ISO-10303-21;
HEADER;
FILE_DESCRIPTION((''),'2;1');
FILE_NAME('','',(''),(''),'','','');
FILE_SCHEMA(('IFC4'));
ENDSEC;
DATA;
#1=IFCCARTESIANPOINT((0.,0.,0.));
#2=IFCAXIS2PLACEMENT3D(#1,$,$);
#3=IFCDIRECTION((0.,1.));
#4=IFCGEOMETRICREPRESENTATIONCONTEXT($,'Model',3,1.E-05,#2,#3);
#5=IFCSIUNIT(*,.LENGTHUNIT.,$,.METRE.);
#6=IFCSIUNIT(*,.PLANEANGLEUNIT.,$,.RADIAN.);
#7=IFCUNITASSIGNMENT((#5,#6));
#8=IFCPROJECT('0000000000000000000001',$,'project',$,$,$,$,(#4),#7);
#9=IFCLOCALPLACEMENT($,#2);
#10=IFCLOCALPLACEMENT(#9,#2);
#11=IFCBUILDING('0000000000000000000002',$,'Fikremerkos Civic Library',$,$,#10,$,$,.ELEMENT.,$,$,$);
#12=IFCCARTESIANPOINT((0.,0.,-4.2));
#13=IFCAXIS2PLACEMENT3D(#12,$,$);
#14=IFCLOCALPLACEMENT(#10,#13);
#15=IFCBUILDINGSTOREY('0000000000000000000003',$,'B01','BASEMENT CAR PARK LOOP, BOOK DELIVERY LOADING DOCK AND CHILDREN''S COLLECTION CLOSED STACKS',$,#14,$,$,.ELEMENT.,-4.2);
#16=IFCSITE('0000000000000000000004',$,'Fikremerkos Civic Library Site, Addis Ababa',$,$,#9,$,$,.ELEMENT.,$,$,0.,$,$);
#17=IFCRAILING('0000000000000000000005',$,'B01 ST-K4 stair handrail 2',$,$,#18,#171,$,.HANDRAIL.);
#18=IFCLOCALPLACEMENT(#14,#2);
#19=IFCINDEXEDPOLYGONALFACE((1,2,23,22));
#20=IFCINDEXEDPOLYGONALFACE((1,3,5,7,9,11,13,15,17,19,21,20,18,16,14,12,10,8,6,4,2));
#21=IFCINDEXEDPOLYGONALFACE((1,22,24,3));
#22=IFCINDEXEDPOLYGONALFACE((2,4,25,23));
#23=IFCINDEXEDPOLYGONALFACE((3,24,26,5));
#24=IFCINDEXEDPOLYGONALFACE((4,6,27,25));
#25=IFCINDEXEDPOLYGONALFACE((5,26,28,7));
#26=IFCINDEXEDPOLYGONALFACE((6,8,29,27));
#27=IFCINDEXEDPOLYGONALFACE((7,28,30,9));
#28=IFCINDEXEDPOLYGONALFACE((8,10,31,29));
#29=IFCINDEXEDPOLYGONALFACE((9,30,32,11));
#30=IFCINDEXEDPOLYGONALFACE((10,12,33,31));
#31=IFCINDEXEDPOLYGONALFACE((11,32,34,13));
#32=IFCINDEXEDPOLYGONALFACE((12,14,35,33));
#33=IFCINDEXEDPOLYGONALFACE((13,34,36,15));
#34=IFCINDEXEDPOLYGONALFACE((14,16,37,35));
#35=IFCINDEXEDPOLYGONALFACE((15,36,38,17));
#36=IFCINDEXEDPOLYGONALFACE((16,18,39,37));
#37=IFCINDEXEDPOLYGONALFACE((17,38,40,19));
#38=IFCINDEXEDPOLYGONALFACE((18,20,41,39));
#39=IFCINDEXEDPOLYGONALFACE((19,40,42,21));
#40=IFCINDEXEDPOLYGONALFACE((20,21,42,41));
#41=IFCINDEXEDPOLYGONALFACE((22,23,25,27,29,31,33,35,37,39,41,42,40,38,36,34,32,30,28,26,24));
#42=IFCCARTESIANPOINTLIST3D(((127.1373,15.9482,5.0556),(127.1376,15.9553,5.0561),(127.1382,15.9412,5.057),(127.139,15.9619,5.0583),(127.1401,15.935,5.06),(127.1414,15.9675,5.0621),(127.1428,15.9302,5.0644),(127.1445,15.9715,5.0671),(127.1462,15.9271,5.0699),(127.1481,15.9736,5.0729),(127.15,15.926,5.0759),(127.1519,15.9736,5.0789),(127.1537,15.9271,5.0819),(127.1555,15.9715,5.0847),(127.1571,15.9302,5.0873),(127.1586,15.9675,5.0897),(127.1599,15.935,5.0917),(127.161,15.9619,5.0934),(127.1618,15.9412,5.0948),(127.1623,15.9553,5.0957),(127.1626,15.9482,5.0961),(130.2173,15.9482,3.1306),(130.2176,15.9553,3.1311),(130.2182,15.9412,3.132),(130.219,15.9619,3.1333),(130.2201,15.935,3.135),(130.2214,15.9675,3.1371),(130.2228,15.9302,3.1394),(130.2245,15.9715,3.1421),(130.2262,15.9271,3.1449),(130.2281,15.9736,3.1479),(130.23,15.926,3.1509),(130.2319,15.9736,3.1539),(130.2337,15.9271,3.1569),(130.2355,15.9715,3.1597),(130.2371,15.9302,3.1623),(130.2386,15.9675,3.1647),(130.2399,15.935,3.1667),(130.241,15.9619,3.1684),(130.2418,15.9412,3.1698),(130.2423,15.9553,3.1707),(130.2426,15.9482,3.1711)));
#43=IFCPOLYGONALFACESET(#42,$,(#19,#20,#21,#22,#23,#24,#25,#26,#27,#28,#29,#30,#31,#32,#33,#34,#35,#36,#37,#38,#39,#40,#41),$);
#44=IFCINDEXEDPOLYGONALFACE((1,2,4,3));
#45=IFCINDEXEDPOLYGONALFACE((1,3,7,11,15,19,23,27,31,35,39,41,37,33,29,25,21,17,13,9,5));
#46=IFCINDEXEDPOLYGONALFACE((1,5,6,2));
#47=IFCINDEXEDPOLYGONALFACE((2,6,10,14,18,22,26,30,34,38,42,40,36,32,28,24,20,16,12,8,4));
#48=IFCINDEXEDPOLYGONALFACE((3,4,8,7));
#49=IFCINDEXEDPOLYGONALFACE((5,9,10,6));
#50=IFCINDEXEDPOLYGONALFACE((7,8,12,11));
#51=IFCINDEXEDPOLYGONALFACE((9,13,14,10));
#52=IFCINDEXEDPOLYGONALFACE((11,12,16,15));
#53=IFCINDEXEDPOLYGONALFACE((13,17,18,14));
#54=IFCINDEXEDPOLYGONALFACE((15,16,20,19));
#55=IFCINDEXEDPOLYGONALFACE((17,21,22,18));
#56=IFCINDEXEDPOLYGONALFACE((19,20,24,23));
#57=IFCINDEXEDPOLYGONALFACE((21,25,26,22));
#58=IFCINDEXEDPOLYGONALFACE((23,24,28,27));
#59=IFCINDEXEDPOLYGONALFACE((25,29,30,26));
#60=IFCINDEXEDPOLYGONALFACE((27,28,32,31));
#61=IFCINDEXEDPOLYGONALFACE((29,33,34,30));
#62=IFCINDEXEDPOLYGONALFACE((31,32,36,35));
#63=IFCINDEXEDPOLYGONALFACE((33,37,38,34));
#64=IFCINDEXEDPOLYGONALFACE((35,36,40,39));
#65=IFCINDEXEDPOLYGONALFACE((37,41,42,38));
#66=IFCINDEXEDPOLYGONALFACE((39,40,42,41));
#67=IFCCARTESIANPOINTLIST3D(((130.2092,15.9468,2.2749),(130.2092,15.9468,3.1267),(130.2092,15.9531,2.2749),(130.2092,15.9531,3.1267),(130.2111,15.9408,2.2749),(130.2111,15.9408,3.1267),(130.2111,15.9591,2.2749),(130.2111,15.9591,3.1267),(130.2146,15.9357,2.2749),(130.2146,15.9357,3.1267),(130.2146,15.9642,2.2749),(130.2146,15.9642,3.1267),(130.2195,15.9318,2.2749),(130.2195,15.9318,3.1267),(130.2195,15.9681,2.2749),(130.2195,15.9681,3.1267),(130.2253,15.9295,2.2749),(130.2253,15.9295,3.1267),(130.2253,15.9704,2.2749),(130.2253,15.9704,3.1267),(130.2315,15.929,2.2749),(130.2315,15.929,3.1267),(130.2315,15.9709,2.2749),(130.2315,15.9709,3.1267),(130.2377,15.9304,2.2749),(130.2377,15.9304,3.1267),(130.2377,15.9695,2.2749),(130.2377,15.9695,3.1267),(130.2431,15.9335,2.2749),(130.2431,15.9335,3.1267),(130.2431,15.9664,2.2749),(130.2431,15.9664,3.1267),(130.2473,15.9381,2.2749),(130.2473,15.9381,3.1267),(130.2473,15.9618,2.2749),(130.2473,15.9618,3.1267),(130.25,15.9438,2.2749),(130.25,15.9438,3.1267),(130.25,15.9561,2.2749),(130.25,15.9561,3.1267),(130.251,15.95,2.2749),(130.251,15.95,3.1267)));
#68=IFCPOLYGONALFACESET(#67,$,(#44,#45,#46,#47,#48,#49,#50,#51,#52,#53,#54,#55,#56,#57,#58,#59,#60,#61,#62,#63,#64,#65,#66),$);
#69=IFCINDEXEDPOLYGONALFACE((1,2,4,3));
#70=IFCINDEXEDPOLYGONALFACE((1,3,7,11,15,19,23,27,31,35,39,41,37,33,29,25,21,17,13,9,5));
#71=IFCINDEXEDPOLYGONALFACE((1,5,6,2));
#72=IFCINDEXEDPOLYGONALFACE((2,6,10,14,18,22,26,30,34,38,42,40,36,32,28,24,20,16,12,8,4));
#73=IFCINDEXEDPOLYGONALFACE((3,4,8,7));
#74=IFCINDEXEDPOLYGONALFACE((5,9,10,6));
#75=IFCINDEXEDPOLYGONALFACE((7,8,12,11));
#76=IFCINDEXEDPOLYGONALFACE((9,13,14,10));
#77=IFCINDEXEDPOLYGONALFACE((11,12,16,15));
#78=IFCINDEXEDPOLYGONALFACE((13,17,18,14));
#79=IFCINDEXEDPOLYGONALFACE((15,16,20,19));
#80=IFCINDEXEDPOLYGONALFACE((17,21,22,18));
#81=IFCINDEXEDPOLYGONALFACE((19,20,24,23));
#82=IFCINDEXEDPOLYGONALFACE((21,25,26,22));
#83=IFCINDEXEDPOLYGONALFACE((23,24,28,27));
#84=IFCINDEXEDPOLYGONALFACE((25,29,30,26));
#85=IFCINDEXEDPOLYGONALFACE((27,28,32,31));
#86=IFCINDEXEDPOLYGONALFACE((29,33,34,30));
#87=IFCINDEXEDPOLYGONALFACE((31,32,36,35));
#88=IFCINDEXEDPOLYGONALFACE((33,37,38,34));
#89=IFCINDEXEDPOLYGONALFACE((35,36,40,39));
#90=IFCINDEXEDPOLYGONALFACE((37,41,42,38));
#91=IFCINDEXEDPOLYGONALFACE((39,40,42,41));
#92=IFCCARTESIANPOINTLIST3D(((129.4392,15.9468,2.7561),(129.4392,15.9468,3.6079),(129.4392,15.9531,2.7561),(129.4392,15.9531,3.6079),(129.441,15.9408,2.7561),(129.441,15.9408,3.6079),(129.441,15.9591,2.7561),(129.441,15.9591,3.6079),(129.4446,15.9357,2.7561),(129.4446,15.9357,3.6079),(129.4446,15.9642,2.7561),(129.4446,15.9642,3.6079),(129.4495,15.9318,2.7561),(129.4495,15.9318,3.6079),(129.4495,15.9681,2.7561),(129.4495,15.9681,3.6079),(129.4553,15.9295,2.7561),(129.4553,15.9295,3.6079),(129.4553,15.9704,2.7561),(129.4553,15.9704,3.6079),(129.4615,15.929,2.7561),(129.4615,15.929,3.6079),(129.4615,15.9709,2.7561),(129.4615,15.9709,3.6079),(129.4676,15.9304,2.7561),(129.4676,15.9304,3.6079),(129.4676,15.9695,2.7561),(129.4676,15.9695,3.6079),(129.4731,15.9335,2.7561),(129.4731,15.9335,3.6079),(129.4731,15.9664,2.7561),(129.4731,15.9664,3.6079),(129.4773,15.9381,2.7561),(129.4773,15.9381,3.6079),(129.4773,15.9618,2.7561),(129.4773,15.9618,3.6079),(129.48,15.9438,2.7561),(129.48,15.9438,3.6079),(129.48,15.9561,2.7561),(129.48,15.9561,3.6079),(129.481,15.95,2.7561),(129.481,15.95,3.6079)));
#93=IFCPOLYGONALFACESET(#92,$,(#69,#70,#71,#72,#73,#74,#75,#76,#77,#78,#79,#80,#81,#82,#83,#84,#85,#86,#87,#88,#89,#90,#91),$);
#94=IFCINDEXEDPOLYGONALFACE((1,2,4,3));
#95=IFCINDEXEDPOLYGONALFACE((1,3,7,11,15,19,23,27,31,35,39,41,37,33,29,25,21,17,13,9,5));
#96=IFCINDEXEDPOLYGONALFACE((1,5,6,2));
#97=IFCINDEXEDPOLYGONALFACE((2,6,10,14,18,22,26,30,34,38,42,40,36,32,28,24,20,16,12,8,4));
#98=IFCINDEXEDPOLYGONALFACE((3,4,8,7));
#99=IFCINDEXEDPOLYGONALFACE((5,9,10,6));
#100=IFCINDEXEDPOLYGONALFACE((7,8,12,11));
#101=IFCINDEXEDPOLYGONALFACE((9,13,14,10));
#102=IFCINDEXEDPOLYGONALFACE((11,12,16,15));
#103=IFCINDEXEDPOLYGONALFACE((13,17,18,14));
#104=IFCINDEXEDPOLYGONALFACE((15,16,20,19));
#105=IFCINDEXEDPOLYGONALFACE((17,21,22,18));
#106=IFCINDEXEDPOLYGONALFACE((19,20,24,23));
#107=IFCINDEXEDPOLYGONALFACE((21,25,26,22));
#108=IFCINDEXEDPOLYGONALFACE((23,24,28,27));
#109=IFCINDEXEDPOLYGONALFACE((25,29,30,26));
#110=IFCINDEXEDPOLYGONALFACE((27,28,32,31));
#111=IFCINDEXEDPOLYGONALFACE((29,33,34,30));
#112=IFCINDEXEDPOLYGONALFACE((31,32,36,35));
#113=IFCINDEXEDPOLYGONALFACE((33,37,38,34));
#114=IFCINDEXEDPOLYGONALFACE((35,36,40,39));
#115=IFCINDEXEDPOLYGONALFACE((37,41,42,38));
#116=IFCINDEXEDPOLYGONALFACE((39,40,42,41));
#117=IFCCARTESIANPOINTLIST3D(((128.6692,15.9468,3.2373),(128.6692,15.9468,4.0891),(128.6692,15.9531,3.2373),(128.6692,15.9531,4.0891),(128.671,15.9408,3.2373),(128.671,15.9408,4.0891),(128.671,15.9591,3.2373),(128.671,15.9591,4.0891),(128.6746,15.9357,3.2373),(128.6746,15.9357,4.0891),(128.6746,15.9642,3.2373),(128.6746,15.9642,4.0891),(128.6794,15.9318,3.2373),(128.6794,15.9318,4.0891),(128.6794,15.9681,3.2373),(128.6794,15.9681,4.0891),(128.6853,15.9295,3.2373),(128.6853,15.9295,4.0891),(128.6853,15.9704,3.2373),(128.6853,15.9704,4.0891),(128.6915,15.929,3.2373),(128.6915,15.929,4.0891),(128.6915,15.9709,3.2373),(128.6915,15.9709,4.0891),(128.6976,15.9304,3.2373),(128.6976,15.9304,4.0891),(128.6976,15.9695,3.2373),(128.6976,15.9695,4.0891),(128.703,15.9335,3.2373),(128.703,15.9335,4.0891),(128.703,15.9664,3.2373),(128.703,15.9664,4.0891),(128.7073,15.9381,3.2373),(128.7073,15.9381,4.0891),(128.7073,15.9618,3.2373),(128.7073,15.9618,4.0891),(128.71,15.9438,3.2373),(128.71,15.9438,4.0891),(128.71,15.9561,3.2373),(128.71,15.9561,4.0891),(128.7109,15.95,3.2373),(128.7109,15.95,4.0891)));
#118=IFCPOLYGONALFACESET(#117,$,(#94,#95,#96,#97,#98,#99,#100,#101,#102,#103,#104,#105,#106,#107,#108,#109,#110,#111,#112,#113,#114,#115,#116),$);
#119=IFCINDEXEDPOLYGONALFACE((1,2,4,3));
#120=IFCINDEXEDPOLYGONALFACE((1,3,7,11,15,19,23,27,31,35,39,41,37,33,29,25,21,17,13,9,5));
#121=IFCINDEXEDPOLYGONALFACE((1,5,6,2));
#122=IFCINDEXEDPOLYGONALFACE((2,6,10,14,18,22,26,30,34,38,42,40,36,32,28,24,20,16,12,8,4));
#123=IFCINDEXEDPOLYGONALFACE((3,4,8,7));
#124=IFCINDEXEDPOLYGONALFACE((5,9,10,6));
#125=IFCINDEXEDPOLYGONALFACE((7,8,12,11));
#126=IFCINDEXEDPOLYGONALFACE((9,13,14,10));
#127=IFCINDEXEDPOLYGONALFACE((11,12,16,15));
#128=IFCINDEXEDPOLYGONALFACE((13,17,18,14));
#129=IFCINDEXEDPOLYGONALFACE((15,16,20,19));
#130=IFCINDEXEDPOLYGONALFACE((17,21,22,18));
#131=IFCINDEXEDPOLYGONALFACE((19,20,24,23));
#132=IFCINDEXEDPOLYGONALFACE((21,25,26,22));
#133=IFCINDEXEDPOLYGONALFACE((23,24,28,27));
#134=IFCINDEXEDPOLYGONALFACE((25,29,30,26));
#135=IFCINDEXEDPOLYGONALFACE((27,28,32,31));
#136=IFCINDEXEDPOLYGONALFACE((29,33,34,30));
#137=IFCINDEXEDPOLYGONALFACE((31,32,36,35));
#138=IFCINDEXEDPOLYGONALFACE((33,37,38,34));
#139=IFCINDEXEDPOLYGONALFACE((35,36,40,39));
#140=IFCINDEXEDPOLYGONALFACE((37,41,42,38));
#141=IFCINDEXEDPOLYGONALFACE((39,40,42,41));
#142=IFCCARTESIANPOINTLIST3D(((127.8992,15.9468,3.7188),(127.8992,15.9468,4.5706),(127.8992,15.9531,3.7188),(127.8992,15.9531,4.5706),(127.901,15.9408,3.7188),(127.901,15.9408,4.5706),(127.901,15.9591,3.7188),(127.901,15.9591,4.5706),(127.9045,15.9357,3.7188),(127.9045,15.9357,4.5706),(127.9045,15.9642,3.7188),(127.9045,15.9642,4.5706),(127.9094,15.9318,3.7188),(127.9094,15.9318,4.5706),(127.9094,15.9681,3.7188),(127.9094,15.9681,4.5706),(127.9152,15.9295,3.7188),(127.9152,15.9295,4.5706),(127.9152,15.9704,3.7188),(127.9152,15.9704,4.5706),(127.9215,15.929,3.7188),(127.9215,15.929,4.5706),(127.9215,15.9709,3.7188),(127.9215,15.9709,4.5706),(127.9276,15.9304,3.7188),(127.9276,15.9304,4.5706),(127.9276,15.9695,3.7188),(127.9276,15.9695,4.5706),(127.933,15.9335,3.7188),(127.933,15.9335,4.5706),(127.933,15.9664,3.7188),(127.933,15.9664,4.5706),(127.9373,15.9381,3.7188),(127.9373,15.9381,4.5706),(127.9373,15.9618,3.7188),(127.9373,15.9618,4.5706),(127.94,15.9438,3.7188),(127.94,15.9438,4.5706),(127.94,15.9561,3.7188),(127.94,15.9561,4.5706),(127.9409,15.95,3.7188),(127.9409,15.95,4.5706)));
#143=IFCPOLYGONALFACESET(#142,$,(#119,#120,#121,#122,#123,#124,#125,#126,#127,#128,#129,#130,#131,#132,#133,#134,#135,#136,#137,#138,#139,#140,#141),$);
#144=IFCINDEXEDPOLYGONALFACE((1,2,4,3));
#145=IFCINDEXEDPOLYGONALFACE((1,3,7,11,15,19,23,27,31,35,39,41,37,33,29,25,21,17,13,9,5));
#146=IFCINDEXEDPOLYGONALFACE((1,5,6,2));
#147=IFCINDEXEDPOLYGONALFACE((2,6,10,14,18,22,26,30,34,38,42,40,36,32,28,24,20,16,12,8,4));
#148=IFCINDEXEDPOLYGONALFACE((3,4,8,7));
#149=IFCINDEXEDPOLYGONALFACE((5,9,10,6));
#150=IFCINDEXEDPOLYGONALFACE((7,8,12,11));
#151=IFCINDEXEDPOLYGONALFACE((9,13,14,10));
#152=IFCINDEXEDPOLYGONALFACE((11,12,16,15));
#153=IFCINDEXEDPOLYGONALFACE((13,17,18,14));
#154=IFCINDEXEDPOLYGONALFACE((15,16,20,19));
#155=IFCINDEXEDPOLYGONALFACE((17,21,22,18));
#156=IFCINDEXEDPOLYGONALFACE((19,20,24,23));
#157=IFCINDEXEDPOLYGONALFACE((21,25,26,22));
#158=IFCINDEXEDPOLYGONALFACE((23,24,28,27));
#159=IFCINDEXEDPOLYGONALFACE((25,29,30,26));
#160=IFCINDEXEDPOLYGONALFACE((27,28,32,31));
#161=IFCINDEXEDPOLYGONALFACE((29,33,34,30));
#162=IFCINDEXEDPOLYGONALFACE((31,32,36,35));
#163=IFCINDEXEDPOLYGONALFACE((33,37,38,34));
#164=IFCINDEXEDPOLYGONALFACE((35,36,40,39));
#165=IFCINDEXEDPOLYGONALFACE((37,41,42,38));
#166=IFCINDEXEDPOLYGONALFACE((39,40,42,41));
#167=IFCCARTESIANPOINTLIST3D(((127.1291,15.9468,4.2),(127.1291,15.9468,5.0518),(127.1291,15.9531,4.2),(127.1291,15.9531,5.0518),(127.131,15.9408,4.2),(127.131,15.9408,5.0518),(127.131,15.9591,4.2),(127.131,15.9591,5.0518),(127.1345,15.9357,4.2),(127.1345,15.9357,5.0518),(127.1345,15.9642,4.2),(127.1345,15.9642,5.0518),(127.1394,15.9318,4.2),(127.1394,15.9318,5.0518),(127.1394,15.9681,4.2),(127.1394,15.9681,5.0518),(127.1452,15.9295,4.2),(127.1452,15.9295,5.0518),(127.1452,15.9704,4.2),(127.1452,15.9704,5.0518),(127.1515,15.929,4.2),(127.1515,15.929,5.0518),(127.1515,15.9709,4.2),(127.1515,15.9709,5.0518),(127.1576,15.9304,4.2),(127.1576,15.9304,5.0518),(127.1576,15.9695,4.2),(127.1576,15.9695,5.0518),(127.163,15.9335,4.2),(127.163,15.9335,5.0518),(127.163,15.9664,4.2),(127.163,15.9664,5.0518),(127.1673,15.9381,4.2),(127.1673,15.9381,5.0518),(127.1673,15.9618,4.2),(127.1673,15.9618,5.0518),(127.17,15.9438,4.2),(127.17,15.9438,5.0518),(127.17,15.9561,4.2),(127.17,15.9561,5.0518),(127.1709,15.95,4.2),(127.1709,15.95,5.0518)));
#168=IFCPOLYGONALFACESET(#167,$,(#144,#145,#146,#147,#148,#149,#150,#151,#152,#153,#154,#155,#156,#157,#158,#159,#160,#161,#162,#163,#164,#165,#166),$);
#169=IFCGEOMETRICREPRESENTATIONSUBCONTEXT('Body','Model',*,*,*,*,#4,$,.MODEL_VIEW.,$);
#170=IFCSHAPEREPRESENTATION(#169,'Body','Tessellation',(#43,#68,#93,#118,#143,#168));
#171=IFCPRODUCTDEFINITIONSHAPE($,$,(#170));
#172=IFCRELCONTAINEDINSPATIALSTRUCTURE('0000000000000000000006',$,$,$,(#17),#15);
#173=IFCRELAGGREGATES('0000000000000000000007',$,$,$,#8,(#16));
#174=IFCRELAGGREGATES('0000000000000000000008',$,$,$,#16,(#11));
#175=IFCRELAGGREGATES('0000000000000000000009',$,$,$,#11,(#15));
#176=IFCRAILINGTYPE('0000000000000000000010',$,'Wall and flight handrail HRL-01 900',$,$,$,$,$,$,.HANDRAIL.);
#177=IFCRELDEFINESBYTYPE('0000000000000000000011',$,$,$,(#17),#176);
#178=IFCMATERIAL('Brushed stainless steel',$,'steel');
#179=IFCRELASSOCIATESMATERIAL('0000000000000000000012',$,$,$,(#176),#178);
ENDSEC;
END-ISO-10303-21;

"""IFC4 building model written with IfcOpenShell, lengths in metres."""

from ifc_helpers import new_model, si_unit, direction, frame, origin, origin_2d, place, context, subcontext, project, spatial, circle, extrude, material, type_object, element, save


model = new_model("IFC4")

# Units and contexts
model_context = context("Model", 3, precision=1e-05, world=origin(), true_north=direction((0.0, 1.0)))
body_context = subcontext(model_context, "Body", "Model", "MODEL_VIEW")
ifc_project = project(units=[si_unit("LENGTHUNIT", "METRE"), si_unit("PLANEANGLEUNIT", "RADIAN")], contexts=[model_context])

# Site, building, storey
site_placement = place(None, origin())
site = spatial("IfcSite", under=ifc_project, at=site_placement, Name="Fikremerkos Civic Library Site, Addis Ababa", CompositionType="ELEMENT", RefElevation=0.0)
building_placement = place(site_placement, origin())
building = spatial("IfcBuilding", under=site, at=building_placement, Name="Fikremerkos Civic Library", CompositionType="ELEMENT")
storey_placement = place(building_placement, frame((0.0, 0.0, -4.2)))
storey = spatial("IfcBuildingStorey", under=building, at=storey_placement, Name="B01", Description="BASEMENT CAR PARK LOOP, BOOK DELIVERY LOADING DOCK AND CHILDREN'S COLLECTION CLOSED STACKS", CompositionType="ELEMENT", Elevation=-4.2)

# Shared definitions
ifc_material_1 = material(Name="Brushed stainless steel", Category="steel")

# Railing
railing_type_1 = type_object("IfcRailingType", Name="Wall and flight handrail HRL-01 900", PredefinedType="HANDRAIL", material=ifc_material_1)
railing_1_placement = place(storey_placement, frame((130.23, 15.95, 2.2749)))
element("IfcRailing", 1, at=railing_1_placement, inside=storey, type_object=railing_type_1, Name="B01 ST-K4 stair handrail 2", PredefinedType="HANDRAIL", context=body_context, shape_type="SweptSolid", body=[
    extrude(circle(Radius=0.0239, at=origin_2d()), frame((0.0, 0.0, 0.876), z_axis=(-0.847998, 0.0, 0.529999), x_axis=(0.0, -1.0, 0.0)), (0.0, 0.0, 1.0), 3.6321),
    extrude(circle(Radius=0.021, at=origin_2d()), origin(), (0.0, 0.0, 1.0), 0.8518),
    extrude(circle(Radius=0.021, at=origin_2d()), frame((-0.77, 0.0, 0.4812)), (0.0, 0.0, 1.0), 0.8518),
    extrude(circle(Radius=0.021, at=origin_2d()), frame((-1.54, 0.0, 0.9624)), (0.0, 0.0, 1.0), 0.8518),
    extrude(circle(Radius=0.021, at=origin_2d()), frame((-2.3101, 0.0, 1.4438)), (0.0, 0.0, 1.0), 0.8518),
    extrude(circle(Radius=0.021, at=origin_2d()), frame((-3.0801, 0.0, 1.925)), (0.0, 0.0, 1.0), 0.8518),
])

save(model, "model.ifc")
